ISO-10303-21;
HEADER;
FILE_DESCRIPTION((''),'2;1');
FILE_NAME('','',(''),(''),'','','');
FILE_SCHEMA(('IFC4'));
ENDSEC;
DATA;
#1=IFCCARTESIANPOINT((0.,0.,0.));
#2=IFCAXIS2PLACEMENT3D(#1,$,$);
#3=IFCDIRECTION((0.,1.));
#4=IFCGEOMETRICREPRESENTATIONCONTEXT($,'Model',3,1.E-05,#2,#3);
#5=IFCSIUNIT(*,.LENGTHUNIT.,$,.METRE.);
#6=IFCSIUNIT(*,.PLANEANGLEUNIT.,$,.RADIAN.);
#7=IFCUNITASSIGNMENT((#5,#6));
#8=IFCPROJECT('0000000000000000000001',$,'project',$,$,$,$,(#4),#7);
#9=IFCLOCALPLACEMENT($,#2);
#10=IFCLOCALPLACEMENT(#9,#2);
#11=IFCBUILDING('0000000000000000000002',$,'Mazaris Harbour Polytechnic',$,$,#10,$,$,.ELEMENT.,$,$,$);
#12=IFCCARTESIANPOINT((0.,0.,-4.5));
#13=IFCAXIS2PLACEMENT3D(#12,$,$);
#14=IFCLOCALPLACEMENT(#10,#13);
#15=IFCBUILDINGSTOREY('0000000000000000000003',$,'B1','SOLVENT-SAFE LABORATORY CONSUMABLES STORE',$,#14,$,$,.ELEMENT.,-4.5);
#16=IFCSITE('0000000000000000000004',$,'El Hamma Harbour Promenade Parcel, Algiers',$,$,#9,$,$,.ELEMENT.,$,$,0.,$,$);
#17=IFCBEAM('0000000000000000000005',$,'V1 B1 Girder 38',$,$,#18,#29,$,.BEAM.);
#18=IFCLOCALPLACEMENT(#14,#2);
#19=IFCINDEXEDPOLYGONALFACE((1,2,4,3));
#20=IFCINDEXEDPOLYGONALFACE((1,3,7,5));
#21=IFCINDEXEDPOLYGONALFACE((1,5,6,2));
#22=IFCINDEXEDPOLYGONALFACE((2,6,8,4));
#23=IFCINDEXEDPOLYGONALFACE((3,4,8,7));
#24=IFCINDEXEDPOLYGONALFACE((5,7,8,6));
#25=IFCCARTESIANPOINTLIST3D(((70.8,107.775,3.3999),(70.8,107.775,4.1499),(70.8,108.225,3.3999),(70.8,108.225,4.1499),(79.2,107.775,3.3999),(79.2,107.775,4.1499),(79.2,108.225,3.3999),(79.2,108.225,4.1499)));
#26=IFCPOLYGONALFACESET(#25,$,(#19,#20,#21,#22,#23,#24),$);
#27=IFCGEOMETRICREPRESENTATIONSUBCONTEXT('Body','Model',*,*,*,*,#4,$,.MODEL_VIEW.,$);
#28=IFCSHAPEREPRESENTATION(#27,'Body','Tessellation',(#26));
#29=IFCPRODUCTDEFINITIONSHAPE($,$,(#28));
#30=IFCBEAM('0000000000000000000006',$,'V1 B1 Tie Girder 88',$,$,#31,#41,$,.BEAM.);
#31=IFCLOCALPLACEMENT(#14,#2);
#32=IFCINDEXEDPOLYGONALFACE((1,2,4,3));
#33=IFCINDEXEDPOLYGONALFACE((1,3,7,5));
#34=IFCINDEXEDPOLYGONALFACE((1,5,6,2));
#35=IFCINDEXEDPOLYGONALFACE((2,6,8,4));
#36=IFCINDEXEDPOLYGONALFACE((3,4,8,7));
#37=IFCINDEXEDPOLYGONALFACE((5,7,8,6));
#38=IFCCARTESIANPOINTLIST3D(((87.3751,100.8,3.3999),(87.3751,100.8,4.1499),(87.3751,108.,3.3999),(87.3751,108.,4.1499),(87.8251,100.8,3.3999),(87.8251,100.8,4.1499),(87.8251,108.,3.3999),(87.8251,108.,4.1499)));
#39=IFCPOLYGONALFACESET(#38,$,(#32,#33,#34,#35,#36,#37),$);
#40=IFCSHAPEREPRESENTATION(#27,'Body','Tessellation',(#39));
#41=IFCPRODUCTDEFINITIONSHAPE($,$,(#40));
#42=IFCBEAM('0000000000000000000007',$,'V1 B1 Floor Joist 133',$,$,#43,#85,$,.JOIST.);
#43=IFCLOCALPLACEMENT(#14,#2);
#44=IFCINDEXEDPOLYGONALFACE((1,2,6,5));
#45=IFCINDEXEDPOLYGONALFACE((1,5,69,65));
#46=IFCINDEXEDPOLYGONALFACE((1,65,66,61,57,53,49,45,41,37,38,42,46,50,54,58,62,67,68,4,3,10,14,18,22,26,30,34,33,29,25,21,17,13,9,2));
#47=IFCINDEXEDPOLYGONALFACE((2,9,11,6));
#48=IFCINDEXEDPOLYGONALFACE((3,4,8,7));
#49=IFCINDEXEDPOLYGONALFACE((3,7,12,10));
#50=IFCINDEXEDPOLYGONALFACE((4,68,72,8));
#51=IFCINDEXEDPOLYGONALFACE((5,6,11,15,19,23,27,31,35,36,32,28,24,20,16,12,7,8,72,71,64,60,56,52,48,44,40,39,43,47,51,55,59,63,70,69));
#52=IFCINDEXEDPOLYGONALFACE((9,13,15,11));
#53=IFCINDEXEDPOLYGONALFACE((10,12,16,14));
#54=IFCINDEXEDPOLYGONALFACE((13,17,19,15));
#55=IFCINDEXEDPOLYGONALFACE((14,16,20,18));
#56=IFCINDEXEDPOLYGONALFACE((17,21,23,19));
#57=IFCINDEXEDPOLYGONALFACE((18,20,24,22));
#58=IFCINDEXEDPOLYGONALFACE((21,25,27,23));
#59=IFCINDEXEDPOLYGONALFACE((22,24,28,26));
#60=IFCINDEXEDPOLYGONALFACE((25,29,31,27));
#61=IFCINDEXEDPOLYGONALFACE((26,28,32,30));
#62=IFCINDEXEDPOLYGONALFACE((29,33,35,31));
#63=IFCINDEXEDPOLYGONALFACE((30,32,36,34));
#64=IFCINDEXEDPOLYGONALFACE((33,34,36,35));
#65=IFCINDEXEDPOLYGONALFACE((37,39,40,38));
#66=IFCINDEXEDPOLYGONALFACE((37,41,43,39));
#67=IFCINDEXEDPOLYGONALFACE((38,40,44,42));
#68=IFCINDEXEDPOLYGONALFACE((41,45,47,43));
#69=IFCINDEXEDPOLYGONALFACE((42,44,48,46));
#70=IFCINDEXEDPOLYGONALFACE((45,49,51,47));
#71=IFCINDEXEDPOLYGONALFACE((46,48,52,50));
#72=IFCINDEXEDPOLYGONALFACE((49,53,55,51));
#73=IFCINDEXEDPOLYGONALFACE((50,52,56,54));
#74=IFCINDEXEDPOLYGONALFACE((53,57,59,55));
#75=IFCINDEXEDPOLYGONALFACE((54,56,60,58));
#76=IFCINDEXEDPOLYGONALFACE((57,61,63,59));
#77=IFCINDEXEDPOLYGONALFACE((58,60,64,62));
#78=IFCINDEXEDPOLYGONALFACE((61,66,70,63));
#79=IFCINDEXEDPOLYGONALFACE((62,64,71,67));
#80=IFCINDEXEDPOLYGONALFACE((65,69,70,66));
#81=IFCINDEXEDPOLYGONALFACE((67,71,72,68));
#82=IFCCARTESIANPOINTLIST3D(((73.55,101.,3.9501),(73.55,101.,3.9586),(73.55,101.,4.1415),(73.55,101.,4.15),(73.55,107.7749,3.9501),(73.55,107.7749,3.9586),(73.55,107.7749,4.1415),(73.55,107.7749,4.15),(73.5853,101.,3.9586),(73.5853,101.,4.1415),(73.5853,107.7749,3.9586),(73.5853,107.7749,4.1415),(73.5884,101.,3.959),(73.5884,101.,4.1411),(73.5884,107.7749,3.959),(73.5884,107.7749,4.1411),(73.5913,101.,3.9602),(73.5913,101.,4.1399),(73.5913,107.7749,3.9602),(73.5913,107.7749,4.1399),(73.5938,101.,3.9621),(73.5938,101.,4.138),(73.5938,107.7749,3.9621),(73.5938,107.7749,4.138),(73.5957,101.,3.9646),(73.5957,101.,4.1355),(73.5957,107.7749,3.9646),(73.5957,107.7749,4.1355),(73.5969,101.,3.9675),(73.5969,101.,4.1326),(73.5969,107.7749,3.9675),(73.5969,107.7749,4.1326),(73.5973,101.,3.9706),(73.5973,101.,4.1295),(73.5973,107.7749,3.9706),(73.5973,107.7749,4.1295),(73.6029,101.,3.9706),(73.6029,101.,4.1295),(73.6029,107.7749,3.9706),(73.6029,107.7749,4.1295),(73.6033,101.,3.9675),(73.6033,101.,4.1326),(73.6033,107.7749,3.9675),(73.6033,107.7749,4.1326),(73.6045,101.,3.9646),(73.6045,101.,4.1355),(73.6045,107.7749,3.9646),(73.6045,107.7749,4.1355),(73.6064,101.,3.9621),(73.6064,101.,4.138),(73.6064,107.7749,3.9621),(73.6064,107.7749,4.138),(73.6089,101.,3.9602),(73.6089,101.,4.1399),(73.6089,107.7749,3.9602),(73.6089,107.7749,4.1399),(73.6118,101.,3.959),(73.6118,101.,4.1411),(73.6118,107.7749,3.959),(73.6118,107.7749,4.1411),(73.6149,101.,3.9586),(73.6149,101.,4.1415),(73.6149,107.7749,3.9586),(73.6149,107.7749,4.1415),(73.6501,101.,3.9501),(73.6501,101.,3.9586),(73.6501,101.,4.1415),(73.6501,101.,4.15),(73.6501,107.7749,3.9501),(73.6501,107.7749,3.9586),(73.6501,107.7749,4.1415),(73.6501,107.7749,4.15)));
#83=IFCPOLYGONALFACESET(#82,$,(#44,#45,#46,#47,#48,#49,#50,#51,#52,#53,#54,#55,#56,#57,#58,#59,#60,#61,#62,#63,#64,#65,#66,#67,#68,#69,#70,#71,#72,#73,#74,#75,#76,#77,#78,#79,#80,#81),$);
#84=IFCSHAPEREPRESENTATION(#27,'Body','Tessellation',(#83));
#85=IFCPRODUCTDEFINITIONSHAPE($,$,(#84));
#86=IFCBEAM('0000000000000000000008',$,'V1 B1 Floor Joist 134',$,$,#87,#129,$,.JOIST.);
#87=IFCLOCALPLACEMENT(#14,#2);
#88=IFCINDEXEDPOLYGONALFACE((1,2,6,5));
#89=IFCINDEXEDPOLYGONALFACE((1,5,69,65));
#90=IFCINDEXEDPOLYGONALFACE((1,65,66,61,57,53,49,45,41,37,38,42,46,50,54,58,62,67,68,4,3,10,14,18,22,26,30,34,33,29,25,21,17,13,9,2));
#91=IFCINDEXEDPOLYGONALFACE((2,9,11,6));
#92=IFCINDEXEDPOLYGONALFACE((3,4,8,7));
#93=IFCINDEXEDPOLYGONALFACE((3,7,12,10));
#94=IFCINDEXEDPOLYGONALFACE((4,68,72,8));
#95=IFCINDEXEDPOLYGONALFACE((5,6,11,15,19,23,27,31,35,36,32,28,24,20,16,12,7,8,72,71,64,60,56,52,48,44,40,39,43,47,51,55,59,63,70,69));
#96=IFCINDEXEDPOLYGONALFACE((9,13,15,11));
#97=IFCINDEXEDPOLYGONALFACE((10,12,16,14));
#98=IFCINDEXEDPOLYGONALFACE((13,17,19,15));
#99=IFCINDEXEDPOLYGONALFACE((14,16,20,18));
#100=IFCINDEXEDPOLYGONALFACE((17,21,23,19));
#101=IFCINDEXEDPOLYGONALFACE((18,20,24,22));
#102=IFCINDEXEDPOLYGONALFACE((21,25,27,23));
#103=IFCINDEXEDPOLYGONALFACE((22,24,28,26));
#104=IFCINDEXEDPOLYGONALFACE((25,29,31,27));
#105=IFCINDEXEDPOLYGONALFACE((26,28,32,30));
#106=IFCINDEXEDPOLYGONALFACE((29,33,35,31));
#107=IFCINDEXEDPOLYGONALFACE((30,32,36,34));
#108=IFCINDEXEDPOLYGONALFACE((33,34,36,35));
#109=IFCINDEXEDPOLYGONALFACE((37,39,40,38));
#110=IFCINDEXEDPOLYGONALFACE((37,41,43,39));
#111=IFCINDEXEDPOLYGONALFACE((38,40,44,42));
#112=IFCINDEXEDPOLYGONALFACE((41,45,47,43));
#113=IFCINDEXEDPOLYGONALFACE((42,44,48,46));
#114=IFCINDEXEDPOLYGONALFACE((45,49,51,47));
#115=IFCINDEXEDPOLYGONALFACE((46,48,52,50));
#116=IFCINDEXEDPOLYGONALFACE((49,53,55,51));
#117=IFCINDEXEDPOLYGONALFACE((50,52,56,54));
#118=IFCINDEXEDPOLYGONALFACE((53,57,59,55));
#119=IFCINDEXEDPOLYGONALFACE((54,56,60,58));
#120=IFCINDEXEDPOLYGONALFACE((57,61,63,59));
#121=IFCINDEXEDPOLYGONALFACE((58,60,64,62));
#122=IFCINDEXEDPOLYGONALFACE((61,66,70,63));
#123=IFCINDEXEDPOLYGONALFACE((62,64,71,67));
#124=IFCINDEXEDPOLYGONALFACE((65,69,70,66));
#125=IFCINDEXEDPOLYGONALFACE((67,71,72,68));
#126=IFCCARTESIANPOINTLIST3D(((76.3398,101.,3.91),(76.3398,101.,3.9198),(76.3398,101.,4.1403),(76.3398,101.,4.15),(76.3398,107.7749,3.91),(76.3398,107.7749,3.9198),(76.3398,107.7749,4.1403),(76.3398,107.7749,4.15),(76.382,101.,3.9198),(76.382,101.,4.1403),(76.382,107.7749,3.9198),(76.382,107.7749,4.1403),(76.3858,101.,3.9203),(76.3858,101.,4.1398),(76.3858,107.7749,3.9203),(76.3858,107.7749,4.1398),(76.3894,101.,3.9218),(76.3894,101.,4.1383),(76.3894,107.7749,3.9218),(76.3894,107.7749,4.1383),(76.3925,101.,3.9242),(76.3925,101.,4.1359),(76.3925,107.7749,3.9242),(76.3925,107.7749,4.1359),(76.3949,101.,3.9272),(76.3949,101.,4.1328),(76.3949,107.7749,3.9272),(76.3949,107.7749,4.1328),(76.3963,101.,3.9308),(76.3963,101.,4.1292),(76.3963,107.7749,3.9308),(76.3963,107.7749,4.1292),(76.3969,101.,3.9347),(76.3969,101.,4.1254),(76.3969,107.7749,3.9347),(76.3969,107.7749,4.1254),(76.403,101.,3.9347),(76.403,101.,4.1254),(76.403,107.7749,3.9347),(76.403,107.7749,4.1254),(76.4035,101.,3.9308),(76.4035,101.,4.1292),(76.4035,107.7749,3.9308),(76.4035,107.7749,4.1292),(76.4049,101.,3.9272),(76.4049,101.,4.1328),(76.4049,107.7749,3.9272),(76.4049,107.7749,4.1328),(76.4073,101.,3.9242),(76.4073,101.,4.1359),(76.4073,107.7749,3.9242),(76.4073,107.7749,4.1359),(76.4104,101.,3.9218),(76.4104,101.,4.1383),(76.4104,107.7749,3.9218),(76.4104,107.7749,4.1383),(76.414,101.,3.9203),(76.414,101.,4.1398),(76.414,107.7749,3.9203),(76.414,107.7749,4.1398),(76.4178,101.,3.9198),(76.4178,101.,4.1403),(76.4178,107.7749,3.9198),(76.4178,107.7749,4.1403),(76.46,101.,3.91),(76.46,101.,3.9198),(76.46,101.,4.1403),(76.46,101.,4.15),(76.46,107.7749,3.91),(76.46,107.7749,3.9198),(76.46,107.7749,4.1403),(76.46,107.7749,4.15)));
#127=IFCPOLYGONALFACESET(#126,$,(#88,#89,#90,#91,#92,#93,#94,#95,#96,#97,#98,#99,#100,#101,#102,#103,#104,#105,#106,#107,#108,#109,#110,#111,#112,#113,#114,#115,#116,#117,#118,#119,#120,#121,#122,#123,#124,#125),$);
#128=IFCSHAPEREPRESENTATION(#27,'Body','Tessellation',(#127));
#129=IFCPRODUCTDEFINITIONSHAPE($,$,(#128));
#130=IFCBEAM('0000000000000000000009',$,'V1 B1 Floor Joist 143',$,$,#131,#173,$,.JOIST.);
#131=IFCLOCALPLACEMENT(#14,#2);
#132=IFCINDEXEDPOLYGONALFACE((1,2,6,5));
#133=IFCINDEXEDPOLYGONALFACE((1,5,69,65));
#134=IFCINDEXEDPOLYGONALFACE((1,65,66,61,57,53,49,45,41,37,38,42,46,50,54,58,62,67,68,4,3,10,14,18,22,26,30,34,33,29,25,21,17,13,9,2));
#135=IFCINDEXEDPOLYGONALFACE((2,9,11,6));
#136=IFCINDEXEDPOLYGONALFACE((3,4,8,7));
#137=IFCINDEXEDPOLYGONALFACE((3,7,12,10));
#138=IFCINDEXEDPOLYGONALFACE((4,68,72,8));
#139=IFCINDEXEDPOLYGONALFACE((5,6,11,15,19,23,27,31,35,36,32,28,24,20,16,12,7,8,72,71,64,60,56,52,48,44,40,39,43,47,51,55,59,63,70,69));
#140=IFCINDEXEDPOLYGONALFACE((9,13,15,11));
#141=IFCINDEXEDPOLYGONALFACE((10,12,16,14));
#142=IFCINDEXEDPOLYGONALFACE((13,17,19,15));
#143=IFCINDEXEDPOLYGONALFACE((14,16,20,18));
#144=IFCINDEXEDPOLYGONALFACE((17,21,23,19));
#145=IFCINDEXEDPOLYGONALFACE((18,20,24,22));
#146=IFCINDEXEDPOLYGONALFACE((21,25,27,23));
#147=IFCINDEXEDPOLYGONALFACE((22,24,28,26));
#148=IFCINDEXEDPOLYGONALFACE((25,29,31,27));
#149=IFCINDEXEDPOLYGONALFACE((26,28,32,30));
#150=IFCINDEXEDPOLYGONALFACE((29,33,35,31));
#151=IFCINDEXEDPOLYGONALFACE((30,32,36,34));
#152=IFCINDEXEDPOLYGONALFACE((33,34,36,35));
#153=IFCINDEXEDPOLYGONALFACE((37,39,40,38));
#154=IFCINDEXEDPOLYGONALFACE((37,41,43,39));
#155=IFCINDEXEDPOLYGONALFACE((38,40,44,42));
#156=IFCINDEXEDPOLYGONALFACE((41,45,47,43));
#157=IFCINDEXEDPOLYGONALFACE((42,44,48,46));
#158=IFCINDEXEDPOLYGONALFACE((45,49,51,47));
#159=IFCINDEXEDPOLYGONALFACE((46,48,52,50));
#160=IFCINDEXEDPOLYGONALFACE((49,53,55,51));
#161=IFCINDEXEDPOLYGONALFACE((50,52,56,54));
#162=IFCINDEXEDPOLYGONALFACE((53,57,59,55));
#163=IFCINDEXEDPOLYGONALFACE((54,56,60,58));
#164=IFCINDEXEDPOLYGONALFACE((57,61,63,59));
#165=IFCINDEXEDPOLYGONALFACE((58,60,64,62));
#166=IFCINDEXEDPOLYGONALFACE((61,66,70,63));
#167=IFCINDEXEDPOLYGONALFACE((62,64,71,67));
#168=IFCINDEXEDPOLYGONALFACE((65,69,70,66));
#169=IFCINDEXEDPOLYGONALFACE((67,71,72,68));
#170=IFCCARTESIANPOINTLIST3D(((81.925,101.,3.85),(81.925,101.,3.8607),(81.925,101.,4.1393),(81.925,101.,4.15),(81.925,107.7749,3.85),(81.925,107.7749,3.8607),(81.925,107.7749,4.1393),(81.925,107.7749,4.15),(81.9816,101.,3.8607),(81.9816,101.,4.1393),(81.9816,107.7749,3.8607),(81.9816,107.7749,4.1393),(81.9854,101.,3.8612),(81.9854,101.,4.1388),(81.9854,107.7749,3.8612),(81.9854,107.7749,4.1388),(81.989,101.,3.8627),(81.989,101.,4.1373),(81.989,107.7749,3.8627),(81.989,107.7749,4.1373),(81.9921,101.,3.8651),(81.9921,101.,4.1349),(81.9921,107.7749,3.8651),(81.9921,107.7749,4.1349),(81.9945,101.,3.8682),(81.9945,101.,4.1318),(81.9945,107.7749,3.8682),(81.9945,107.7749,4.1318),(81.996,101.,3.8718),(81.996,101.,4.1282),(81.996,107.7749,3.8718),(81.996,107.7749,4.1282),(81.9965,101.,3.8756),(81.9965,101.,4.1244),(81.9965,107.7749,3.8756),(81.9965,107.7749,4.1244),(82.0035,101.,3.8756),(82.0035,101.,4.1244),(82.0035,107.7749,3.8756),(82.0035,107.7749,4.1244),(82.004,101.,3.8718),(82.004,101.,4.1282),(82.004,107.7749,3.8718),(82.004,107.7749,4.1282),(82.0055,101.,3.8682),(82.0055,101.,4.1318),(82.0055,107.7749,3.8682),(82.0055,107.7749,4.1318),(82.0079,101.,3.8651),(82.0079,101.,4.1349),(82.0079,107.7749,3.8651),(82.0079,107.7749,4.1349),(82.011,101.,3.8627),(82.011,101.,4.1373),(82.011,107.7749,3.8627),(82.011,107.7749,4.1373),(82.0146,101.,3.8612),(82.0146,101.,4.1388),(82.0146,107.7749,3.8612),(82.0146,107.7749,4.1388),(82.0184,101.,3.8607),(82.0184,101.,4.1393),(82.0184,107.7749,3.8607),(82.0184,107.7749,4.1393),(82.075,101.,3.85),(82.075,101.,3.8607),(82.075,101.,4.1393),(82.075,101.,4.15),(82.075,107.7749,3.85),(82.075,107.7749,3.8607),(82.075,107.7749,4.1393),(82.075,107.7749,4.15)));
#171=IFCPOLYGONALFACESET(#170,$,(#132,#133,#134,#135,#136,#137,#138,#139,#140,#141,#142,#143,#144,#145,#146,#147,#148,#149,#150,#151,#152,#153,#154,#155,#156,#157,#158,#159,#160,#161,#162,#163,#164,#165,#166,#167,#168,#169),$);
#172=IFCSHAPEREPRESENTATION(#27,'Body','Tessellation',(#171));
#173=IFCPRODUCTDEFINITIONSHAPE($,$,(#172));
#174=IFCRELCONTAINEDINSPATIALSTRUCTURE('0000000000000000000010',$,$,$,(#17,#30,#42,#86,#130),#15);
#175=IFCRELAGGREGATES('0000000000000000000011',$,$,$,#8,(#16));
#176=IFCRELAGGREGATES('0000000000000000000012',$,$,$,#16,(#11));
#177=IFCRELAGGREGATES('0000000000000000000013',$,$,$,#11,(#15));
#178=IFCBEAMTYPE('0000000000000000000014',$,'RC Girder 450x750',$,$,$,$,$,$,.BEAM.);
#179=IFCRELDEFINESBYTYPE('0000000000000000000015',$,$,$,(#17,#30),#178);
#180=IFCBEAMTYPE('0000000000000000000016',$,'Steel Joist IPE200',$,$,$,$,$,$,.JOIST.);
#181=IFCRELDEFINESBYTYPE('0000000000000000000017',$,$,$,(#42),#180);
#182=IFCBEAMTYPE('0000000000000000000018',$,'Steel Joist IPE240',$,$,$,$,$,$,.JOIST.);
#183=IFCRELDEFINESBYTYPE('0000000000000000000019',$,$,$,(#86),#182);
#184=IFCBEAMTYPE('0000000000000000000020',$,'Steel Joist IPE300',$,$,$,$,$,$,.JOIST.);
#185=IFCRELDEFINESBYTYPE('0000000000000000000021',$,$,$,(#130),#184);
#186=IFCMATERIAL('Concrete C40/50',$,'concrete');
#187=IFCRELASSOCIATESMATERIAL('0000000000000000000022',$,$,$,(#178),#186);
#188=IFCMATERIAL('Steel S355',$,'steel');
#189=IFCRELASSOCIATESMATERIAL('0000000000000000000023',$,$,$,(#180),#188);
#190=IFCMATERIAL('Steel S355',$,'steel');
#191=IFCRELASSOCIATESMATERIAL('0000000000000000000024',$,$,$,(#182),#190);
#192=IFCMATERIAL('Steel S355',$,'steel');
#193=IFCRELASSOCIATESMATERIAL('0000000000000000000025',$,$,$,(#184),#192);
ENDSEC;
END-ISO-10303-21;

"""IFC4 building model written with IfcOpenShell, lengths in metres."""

from ifc_helpers import new_model, si_unit, direction, frame, origin, origin_2d, place, context, subcontext, project, spatial, rectangle, i_section, extrude, material, material_profile, profile_set, type_object, element, save


model = new_model("IFC4")

# Units and contexts
model_context = context("Model", 3, precision=1e-05, world=origin(), true_north=direction((0.0, 1.0)))
body_context = subcontext(model_context, "Body", "Model", "MODEL_VIEW")
ifc_project = project(units=[si_unit("LENGTHUNIT", "METRE"), si_unit("PLANEANGLEUNIT", "RADIAN")], contexts=[model_context])

# Site, building, storey
site_placement = place(None, origin())
site = spatial("IfcSite", under=ifc_project, at=site_placement, Name="El Hamma Harbour Promenade Parcel, Algiers", CompositionType="ELEMENT", RefElevation=0.0)
building_placement = place(site_placement, origin())
building = spatial("IfcBuilding", under=site, at=building_placement, Name="Mazaris Harbour Polytechnic", CompositionType="ELEMENT")
storey_placement = place(building_placement, frame((0.0, 0.0, -4.5)))
storey = spatial("IfcBuildingStorey", under=building, at=storey_placement, Name="B1", Description="SOLVENT-SAFE LABORATORY CONSUMABLES STORE", CompositionType="ELEMENT", Elevation=-4.5)

# Beams
ifc_material_1 = material(Name="Concrete C40/50", Category="concrete")
ifc_material_profile_1 = material_profile(ifc_material_1, rectangle(XDim=0.45, YDim=0.75, at=origin_2d()), Name="RECT450x750")
ifc_profile_set_1 = profile_set([ifc_material_profile_1], Name="Concrete C40/50")
beam_type_1 = type_object("IfcBeamType", Name="RC Girder 450x750", PredefinedType="BEAM", material=ifc_profile_set_1)
for number, where, z_axis, x_axis, name in (
    (1, (70.8, 108.0, 3.7749), (1.0, 0.0, 0.0), (0.0, 1.0, 0.0), "V1 B1 Girder 38"),
):
    element("IfcBeam", number, at=place(storey_placement, frame(where, z_axis=z_axis, x_axis=x_axis)), inside=storey, type_object=beam_type_1, Name=name, PredefinedType="BEAM", context=body_context, shape_type="SweptSolid", body=[
        extrude(rectangle(XDim=0.45, YDim=0.75, at=origin_2d()), origin(), (0.0, 0.0, 1.0), 8.3999),
    ])
beam_1_placement = place(storey_placement, frame((87.6001, 100.8, 3.7749), z_axis=(0.0, 1.0, 0.0), x_axis=(-1.0, 0.0, 0.0)))
element("IfcBeam", 2, at=beam_1_placement, inside=storey, type_object=beam_type_1, Name="V1 B1 Tie Girder 88", PredefinedType="BEAM", context=body_context, shape_type="SweptSolid", body=[
    extrude(rectangle(XDim=0.45, YDim=0.75, at=origin_2d()), origin(), (0.0, 0.0, 1.0), 7.2),
])
ifc_material_2 = material(Name="Steel S355", Category="steel")
ifc_material_profile_2 = material_profile(ifc_material_2, i_section(OverallWidth=0.1001, OverallDepth=0.2, WebThickness=0.0056, FlangeThickness=0.0085, FilletRadius=0.012, at=origin_2d()), Name="IPE 200")
ifc_profile_set_2 = profile_set([ifc_material_profile_2], Name="Steel S355")
beam_type_2 = type_object("IfcBeamType", Name="Steel Joist IPE200", PredefinedType="JOIST", material=ifc_profile_set_2)
beam_2_placement = place(storey_placement, frame((73.6001, 101.0, 4.05), z_axis=(0.0, 1.0, 0.0), x_axis=(-1.0, 0.0, 0.0)))
element("IfcBeam", 3, at=beam_2_placement, inside=storey, type_object=beam_type_2, Name="V1 B1 Floor Joist 133", PredefinedType="JOIST", context=body_context, shape_type="SweptSolid", body=[
    extrude(i_section(OverallWidth=0.1001, OverallDepth=0.2, WebThickness=0.0056, FlangeThickness=0.0085, FilletRadius=0.012, at=origin_2d()), origin(), (0.0, 0.0, 1.0), 6.7749),
])
ifc_material_3 = material(Name="Steel S355", Category="steel")
ifc_material_profile_3 = material_profile(ifc_material_3, i_section(OverallWidth=0.1201, OverallDepth=0.24, WebThickness=0.0061, FlangeThickness=0.0098, FilletRadius=0.0149, at=origin_2d()), Name="IPE 240")
ifc_profile_set_3 = profile_set([ifc_material_profile_3], Name="Steel S355")
beam_type_3 = type_object("IfcBeamType", Name="Steel Joist IPE240", PredefinedType="JOIST", material=ifc_profile_set_3)
beam_3_placement = place(storey_placement, frame((76.3999, 101.0, 4.03), z_axis=(0.0, 1.0, 0.0), x_axis=(-1.0, 0.0, 0.0)))
element("IfcBeam", 4, at=beam_3_placement, inside=storey, type_object=beam_type_3, Name="V1 B1 Floor Joist 134", PredefinedType="JOIST", context=body_context, shape_type="SweptSolid", body=[
    extrude(i_section(OverallWidth=0.1201, OverallDepth=0.24, WebThickness=0.0061, FlangeThickness=0.0098, FilletRadius=0.0149, at=origin_2d()), origin(), (0.0, 0.0, 1.0), 6.7749),
])
ifc_material_4 = material(Name="Steel S355", Category="steel")
ifc_material_profile_4 = material_profile(ifc_material_4, i_section(OverallWidth=0.1499, OverallDepth=0.3, WebThickness=0.0071, FlangeThickness=0.0107, FilletRadius=0.0149, at=origin_2d()), Name="IPE 300")
ifc_profile_set_4 = profile_set([ifc_material_profile_4], Name="Steel S355")
beam_type_4 = type_object("IfcBeamType", Name="Steel Joist IPE300", PredefinedType="JOIST", material=ifc_profile_set_4)
beam_4_placement = place(storey_placement, frame((82.0, 101.0, 4.0), z_axis=(0.0, 1.0, 0.0), x_axis=(-1.0, 0.0, 0.0)))
element("IfcBeam", 5, at=beam_4_placement, inside=storey, type_object=beam_type_4, Name="V1 B1 Floor Joist 143", PredefinedType="JOIST", context=body_context, shape_type="SweptSolid", body=[
    extrude(i_section(OverallWidth=0.1499, OverallDepth=0.3, WebThickness=0.0071, FlangeThickness=0.0107, FilletRadius=0.0149, at=origin_2d()), origin(), (0.0, 0.0, 1.0), 6.7749),
])

save(model, "model.ifc")
